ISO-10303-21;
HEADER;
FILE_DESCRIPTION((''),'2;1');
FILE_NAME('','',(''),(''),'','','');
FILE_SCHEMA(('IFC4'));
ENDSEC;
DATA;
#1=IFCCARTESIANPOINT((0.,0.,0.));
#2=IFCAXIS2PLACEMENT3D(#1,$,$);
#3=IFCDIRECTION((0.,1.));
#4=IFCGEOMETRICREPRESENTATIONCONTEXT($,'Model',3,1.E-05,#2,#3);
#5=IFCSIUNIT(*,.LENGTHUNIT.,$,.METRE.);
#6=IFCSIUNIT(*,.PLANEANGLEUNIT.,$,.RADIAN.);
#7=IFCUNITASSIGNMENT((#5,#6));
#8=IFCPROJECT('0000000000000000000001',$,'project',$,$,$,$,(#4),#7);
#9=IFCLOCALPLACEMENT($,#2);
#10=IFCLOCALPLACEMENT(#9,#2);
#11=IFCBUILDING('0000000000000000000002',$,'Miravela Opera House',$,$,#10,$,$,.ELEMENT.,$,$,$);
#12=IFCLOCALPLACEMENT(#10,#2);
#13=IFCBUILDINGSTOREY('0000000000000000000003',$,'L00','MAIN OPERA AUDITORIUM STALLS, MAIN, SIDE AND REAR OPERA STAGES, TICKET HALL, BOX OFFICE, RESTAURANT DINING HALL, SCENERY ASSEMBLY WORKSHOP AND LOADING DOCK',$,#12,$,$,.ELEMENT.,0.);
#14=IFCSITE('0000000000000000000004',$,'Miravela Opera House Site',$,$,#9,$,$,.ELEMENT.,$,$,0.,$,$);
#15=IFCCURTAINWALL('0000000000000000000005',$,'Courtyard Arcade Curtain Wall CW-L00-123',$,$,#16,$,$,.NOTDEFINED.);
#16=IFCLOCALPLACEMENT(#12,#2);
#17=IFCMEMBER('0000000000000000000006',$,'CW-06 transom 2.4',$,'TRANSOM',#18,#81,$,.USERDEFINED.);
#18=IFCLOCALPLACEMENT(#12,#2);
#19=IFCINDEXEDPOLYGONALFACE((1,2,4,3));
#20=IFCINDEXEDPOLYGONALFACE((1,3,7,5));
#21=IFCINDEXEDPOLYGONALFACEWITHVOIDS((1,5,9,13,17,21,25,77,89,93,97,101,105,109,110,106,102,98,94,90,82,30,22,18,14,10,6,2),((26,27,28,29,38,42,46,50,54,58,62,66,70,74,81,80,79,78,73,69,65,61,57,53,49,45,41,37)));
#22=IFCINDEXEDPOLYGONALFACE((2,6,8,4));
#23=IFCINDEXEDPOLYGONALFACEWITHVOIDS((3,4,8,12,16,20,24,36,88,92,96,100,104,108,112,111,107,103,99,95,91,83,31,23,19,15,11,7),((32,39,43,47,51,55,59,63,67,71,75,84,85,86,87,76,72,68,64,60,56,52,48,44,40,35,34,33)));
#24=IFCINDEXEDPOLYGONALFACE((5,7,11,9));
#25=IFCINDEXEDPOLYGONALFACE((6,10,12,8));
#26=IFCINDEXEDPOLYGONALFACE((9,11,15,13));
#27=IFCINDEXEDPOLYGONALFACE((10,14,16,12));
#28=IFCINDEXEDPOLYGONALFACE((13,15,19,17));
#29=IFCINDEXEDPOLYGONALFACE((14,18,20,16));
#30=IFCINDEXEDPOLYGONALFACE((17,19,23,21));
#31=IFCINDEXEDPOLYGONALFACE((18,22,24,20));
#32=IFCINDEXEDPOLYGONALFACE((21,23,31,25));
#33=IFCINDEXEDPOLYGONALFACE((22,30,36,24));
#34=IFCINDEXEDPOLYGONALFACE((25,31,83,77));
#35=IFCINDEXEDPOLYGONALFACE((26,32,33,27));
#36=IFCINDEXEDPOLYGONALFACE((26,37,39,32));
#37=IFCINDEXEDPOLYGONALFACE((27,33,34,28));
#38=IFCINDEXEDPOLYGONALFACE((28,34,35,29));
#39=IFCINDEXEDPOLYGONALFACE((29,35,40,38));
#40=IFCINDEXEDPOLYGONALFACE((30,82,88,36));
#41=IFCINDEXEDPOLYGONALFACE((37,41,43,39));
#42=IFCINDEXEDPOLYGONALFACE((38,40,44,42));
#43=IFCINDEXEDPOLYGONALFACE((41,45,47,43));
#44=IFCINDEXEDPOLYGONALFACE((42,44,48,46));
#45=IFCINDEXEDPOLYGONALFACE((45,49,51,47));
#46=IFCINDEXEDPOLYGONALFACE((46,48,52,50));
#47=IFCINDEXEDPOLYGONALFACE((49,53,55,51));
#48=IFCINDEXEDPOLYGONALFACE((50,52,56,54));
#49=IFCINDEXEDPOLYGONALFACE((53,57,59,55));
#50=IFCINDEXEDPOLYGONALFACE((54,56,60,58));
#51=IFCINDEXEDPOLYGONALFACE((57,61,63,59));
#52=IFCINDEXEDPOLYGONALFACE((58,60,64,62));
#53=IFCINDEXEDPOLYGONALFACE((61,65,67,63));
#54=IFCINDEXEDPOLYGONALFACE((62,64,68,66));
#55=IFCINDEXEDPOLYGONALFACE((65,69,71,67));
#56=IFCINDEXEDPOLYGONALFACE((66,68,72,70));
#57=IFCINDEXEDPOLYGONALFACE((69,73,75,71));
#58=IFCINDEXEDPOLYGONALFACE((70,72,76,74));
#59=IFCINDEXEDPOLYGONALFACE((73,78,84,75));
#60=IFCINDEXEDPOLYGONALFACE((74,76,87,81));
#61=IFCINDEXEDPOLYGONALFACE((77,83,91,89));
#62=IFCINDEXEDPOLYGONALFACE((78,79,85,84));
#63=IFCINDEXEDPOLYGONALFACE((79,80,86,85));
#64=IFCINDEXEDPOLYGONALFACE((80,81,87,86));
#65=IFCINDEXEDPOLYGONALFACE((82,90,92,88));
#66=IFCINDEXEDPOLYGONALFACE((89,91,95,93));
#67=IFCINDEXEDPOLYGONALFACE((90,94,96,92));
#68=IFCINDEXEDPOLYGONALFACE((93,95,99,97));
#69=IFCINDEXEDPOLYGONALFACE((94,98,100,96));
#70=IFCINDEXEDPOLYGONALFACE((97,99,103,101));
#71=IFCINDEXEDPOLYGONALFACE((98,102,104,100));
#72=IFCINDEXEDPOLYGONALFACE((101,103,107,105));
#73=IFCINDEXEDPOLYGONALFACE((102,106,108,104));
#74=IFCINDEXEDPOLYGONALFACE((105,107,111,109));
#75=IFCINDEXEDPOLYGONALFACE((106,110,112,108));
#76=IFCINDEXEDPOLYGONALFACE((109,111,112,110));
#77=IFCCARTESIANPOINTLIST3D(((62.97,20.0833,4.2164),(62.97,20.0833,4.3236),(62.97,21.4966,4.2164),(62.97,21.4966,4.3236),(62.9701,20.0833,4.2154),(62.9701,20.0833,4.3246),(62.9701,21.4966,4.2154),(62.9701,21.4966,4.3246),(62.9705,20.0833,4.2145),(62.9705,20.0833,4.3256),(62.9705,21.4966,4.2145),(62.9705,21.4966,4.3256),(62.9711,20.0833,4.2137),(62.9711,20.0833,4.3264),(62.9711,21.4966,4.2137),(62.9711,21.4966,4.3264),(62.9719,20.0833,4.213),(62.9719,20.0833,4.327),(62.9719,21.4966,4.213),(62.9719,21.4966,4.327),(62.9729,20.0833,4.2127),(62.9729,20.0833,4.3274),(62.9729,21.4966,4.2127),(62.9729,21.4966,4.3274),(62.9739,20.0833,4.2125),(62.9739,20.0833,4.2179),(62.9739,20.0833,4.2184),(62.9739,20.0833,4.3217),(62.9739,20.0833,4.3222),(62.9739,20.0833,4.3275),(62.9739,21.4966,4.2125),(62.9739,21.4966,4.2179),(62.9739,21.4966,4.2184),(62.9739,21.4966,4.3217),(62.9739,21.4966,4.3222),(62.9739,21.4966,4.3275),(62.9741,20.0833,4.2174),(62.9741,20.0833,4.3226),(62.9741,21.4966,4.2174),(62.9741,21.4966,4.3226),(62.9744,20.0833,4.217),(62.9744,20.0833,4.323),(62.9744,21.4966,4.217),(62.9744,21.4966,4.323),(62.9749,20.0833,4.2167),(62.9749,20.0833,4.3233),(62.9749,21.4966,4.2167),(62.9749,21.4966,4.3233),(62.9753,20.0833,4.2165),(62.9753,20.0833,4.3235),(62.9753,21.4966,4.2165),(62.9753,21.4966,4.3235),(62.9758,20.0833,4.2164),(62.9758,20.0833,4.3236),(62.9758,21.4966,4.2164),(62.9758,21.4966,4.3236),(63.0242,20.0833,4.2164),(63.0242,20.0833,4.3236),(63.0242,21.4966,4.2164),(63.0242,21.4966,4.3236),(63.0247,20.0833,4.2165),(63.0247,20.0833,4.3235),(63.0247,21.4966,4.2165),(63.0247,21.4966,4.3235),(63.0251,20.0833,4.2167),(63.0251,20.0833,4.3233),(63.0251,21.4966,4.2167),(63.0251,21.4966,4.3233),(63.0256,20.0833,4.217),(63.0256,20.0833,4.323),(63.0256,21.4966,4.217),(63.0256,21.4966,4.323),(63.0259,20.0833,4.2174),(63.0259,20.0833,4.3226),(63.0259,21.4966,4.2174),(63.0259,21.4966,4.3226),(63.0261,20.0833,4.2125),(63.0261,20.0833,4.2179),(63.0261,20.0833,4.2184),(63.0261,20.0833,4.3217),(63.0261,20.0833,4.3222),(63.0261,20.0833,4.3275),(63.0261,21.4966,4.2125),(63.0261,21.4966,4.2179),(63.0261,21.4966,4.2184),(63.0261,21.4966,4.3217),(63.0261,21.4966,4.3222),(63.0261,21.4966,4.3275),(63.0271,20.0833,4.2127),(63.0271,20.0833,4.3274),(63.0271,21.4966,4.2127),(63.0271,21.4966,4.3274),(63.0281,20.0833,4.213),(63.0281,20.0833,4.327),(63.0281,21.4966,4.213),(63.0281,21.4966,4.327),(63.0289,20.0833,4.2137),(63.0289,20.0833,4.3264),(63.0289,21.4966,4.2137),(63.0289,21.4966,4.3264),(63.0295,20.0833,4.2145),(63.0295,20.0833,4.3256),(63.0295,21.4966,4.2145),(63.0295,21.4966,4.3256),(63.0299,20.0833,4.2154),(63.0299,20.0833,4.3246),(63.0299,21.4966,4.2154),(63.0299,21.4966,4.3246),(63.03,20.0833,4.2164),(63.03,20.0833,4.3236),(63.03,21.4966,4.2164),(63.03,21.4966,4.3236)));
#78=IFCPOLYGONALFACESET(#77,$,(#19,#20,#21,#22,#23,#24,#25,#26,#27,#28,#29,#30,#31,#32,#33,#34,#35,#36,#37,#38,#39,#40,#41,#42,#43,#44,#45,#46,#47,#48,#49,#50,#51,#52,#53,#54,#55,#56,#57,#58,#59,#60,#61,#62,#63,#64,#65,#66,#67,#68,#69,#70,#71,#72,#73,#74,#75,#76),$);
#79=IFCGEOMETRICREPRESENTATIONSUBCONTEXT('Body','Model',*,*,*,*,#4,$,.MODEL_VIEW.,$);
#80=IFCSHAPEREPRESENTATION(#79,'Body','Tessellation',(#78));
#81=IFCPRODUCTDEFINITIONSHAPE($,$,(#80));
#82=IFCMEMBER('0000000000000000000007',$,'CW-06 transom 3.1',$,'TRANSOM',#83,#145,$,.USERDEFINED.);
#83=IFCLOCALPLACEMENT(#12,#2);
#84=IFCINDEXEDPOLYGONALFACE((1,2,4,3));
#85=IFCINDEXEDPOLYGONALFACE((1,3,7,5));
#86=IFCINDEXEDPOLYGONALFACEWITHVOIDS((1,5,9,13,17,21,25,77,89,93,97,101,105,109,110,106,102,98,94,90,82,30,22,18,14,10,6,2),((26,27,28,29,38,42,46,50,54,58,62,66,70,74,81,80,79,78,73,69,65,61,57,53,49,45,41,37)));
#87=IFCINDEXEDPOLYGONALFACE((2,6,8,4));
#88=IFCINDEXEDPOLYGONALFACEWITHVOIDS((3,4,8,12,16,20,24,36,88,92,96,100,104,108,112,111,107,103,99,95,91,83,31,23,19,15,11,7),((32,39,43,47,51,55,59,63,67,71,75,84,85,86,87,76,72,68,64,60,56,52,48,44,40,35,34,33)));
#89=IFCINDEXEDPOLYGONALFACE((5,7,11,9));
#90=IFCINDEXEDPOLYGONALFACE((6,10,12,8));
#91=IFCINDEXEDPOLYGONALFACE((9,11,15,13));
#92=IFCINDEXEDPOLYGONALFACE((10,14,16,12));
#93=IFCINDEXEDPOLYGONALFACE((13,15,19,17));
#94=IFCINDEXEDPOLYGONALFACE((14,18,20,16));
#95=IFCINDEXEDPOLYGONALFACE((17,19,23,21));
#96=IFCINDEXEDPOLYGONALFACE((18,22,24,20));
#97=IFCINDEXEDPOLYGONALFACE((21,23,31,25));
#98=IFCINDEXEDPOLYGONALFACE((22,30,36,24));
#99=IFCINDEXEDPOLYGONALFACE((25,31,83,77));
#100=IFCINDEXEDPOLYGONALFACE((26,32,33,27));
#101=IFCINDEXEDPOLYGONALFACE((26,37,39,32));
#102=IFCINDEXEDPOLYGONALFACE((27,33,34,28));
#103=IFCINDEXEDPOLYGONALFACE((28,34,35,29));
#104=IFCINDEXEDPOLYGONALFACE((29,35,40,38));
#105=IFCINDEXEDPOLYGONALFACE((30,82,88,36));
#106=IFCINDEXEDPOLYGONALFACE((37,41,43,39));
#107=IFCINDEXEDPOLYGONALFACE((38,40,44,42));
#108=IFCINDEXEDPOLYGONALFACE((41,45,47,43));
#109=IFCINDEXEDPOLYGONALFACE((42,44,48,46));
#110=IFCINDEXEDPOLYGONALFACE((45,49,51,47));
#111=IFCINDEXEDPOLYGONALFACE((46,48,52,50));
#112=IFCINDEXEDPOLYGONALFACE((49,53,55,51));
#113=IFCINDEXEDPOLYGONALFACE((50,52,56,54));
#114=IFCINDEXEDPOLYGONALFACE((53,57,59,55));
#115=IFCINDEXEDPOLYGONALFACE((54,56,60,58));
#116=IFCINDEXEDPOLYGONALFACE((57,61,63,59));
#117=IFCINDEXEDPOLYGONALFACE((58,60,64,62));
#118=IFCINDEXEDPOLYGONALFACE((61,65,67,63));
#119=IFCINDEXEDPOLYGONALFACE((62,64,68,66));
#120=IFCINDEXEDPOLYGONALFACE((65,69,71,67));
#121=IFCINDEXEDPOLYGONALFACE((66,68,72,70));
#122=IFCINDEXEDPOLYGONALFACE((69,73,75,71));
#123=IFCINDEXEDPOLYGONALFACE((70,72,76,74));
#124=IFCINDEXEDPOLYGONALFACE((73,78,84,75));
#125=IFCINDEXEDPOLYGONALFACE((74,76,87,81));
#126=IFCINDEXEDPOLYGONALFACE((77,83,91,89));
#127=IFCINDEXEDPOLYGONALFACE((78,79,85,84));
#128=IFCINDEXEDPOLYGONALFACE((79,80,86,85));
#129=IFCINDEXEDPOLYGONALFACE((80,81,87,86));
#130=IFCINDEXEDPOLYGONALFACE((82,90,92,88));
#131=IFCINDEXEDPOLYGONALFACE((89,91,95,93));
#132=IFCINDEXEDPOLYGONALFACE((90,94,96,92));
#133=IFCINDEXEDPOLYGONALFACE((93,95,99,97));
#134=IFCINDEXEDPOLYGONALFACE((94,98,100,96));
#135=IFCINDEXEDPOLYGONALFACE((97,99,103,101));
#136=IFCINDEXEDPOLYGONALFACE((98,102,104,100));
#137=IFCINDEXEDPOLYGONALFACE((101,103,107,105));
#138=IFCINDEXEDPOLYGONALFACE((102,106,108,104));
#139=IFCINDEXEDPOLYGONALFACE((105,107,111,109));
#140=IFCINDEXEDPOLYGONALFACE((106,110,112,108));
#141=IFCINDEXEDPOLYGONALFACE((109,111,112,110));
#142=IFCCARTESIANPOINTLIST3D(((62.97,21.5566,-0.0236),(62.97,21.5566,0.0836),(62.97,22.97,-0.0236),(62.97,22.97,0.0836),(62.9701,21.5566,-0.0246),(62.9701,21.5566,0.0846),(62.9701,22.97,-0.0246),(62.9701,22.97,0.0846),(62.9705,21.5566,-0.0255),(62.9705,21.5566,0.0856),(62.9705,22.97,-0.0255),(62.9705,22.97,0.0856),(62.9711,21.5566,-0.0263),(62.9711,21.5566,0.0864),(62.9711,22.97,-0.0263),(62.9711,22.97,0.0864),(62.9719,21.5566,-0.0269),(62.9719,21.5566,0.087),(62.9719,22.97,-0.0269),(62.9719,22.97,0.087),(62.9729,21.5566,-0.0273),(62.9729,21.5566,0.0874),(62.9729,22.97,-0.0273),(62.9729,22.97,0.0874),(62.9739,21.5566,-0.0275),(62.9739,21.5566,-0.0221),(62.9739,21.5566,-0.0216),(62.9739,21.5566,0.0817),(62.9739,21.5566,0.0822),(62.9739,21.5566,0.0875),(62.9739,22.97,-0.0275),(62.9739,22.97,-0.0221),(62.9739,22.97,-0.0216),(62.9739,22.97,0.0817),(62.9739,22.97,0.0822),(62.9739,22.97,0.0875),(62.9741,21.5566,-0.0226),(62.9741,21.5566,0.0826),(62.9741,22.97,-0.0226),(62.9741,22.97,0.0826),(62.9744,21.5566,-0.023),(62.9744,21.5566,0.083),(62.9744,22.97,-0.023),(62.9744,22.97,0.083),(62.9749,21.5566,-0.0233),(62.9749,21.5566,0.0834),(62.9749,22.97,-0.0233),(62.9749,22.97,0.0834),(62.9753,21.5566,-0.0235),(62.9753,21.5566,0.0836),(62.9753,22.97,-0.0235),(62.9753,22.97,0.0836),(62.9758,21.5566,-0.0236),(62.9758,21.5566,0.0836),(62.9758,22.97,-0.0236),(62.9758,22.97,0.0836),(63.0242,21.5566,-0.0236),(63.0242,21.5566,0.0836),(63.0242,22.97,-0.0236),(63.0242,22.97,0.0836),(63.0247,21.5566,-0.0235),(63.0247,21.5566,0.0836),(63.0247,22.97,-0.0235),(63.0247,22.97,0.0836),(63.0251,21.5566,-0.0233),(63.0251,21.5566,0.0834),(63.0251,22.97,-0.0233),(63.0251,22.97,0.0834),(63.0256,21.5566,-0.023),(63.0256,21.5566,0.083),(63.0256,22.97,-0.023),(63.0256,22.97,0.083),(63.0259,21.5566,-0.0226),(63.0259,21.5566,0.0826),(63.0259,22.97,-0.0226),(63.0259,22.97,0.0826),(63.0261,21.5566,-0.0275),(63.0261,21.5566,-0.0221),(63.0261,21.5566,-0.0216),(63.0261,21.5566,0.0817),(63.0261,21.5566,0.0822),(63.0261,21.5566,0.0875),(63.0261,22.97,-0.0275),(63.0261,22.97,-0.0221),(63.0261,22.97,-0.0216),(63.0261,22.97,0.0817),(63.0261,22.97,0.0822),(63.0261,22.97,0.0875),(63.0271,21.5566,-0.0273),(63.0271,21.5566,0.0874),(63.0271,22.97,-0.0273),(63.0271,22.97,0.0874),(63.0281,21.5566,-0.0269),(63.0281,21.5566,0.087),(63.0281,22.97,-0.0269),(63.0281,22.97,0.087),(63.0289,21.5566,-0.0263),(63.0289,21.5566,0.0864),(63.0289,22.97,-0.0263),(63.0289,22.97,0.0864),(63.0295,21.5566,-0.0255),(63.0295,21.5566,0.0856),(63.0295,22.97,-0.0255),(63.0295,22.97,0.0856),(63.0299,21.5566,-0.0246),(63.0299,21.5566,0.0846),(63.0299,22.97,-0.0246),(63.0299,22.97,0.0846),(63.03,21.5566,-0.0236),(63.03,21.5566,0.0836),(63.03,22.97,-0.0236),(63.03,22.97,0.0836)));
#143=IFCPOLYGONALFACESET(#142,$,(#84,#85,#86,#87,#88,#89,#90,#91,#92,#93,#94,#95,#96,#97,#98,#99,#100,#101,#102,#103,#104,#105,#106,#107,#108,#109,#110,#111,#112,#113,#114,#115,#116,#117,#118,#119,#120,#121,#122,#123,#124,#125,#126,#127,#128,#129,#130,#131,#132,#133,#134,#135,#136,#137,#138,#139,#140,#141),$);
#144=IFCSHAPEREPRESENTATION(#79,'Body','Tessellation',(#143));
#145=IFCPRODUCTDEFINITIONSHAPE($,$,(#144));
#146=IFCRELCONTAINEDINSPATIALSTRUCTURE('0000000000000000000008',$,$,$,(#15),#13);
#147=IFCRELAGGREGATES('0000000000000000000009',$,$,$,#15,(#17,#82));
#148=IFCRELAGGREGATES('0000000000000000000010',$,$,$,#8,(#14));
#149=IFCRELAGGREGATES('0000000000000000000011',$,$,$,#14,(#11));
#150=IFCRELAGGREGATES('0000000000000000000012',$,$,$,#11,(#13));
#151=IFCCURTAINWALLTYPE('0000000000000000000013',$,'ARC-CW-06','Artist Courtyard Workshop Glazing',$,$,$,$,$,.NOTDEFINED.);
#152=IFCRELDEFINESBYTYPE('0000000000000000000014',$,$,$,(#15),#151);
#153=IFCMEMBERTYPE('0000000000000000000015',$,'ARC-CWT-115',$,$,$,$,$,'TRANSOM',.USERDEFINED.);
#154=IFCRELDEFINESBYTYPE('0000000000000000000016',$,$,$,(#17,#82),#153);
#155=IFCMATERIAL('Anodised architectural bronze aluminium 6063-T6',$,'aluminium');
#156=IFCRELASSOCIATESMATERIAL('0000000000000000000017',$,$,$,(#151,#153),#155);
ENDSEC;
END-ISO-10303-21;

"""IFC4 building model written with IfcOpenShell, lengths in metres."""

from ifc_helpers import new_model, si_unit, direction, frame, origin, origin_2d, place, context, subcontext, project, spatial, hollow_rectangle, extrude, material, material_profile, profile_set, type_object, element, aggregate, save


model = new_model("IFC4")

# Units and contexts
model_context = context("Model", 3, precision=1e-05, world=origin(), true_north=direction((0.0, 1.0)))
body_context = subcontext(model_context, "Body", "Model", "MODEL_VIEW")
ifc_project = project(units=[si_unit("LENGTHUNIT", "METRE"), si_unit("PLANEANGLEUNIT", "RADIAN")], contexts=[model_context])

# Site, building, storey
site_placement = place(None, origin())
site = spatial("IfcSite", under=ifc_project, at=site_placement, Name="Miravela Opera House Site", CompositionType="ELEMENT", RefElevation=0.0)
building_placement = place(site_placement, origin())
building = spatial("IfcBuilding", under=site, at=building_placement, Name="Miravela Opera House", CompositionType="ELEMENT")
storey_placement = place(building_placement, origin())
storey = spatial("IfcBuildingStorey", under=building, at=storey_placement, Name="L00", Description="MAIN OPERA AUDITORIUM STALLS, MAIN, SIDE AND REAR OPERA STAGES, TICKET HALL, BOX OFFICE, RESTAURANT DINING HALL, SCENERY ASSEMBLY WORKSHOP AND LOADING DOCK", CompositionType="ELEMENT", Elevation=0.0)

# Curtain wall
ifc_material_1 = material(Name="Anodised architectural bronze aluminium 6063-T6", Category="aluminium")
curtain_wall_type = type_object("IfcCurtainWallType", Name="ARC-CW-06", Description="Artist Courtyard Workshop Glazing", PredefinedType="NOTDEFINED", material=ifc_material_1)
curtain_wall_1_placement = place(storey_placement, origin())
curtain_wall_1 = element("IfcCurtainWall", 1, at=curtain_wall_1_placement, inside=storey, type_object=curtain_wall_type, Name="Courtyard Arcade Curtain Wall CW-L00-123", PredefinedType="NOTDEFINED")
ifc_material_profile_1 = material_profile(ifc_material_1, hollow_rectangle(XDim=0.0601, YDim=0.115, WallThickness=0.0039, InnerFilletRadius=0.002, OuterFilletRadius=0.0039, at=origin_2d()), Name="CWT-60X115")
ifc_profile_set_1 = profile_set([ifc_material_profile_1])
member_type_1 = type_object("IfcMemberType", Name="ARC-CWT-115", ElementType="TRANSOM", PredefinedType="USERDEFINED", material=ifc_profile_set_1)

# Members
member_1_placement = place(storey_placement, frame((63.0, 20.0833, 4.27), z_axis=(0.0, 1.0, 0.0), x_axis=(-1.0, 0.0, 0.0)))
member_1 = element("IfcMember", 2, at=member_1_placement, type_object=member_type_1, Name="CW-06 transom 2.4", ObjectType="TRANSOM", PredefinedType="USERDEFINED", context=body_context, shape_type="SweptSolid", body=[
    extrude(hollow_rectangle(XDim=0.0601, YDim=0.115, WallThickness=0.0039, InnerFilletRadius=0.002, OuterFilletRadius=0.0039, at=origin_2d()), origin(), (0.0, 0.0, 1.0), 1.4133),
])
member_2_placement = place(storey_placement, frame((63.0, 21.5566, 0.03), z_axis=(0.0, 1.0, 0.0), x_axis=(-1.0, 0.0, 0.0)))
member_2 = element("IfcMember", 3, at=member_2_placement, type_object=member_type_1, Name="CW-06 transom 3.1", ObjectType="TRANSOM", PredefinedType="USERDEFINED", context=body_context, shape_type="SweptSolid", body=[
    extrude(hollow_rectangle(XDim=0.0601, YDim=0.115, WallThickness=0.0039, InnerFilletRadius=0.002, OuterFilletRadius=0.0039, at=origin_2d()), origin(), (0.0, 0.0, 1.0), 1.4133),
])

aggregate(curtain_wall_1, [member_1, member_2])

save(model, "model.ifc")
